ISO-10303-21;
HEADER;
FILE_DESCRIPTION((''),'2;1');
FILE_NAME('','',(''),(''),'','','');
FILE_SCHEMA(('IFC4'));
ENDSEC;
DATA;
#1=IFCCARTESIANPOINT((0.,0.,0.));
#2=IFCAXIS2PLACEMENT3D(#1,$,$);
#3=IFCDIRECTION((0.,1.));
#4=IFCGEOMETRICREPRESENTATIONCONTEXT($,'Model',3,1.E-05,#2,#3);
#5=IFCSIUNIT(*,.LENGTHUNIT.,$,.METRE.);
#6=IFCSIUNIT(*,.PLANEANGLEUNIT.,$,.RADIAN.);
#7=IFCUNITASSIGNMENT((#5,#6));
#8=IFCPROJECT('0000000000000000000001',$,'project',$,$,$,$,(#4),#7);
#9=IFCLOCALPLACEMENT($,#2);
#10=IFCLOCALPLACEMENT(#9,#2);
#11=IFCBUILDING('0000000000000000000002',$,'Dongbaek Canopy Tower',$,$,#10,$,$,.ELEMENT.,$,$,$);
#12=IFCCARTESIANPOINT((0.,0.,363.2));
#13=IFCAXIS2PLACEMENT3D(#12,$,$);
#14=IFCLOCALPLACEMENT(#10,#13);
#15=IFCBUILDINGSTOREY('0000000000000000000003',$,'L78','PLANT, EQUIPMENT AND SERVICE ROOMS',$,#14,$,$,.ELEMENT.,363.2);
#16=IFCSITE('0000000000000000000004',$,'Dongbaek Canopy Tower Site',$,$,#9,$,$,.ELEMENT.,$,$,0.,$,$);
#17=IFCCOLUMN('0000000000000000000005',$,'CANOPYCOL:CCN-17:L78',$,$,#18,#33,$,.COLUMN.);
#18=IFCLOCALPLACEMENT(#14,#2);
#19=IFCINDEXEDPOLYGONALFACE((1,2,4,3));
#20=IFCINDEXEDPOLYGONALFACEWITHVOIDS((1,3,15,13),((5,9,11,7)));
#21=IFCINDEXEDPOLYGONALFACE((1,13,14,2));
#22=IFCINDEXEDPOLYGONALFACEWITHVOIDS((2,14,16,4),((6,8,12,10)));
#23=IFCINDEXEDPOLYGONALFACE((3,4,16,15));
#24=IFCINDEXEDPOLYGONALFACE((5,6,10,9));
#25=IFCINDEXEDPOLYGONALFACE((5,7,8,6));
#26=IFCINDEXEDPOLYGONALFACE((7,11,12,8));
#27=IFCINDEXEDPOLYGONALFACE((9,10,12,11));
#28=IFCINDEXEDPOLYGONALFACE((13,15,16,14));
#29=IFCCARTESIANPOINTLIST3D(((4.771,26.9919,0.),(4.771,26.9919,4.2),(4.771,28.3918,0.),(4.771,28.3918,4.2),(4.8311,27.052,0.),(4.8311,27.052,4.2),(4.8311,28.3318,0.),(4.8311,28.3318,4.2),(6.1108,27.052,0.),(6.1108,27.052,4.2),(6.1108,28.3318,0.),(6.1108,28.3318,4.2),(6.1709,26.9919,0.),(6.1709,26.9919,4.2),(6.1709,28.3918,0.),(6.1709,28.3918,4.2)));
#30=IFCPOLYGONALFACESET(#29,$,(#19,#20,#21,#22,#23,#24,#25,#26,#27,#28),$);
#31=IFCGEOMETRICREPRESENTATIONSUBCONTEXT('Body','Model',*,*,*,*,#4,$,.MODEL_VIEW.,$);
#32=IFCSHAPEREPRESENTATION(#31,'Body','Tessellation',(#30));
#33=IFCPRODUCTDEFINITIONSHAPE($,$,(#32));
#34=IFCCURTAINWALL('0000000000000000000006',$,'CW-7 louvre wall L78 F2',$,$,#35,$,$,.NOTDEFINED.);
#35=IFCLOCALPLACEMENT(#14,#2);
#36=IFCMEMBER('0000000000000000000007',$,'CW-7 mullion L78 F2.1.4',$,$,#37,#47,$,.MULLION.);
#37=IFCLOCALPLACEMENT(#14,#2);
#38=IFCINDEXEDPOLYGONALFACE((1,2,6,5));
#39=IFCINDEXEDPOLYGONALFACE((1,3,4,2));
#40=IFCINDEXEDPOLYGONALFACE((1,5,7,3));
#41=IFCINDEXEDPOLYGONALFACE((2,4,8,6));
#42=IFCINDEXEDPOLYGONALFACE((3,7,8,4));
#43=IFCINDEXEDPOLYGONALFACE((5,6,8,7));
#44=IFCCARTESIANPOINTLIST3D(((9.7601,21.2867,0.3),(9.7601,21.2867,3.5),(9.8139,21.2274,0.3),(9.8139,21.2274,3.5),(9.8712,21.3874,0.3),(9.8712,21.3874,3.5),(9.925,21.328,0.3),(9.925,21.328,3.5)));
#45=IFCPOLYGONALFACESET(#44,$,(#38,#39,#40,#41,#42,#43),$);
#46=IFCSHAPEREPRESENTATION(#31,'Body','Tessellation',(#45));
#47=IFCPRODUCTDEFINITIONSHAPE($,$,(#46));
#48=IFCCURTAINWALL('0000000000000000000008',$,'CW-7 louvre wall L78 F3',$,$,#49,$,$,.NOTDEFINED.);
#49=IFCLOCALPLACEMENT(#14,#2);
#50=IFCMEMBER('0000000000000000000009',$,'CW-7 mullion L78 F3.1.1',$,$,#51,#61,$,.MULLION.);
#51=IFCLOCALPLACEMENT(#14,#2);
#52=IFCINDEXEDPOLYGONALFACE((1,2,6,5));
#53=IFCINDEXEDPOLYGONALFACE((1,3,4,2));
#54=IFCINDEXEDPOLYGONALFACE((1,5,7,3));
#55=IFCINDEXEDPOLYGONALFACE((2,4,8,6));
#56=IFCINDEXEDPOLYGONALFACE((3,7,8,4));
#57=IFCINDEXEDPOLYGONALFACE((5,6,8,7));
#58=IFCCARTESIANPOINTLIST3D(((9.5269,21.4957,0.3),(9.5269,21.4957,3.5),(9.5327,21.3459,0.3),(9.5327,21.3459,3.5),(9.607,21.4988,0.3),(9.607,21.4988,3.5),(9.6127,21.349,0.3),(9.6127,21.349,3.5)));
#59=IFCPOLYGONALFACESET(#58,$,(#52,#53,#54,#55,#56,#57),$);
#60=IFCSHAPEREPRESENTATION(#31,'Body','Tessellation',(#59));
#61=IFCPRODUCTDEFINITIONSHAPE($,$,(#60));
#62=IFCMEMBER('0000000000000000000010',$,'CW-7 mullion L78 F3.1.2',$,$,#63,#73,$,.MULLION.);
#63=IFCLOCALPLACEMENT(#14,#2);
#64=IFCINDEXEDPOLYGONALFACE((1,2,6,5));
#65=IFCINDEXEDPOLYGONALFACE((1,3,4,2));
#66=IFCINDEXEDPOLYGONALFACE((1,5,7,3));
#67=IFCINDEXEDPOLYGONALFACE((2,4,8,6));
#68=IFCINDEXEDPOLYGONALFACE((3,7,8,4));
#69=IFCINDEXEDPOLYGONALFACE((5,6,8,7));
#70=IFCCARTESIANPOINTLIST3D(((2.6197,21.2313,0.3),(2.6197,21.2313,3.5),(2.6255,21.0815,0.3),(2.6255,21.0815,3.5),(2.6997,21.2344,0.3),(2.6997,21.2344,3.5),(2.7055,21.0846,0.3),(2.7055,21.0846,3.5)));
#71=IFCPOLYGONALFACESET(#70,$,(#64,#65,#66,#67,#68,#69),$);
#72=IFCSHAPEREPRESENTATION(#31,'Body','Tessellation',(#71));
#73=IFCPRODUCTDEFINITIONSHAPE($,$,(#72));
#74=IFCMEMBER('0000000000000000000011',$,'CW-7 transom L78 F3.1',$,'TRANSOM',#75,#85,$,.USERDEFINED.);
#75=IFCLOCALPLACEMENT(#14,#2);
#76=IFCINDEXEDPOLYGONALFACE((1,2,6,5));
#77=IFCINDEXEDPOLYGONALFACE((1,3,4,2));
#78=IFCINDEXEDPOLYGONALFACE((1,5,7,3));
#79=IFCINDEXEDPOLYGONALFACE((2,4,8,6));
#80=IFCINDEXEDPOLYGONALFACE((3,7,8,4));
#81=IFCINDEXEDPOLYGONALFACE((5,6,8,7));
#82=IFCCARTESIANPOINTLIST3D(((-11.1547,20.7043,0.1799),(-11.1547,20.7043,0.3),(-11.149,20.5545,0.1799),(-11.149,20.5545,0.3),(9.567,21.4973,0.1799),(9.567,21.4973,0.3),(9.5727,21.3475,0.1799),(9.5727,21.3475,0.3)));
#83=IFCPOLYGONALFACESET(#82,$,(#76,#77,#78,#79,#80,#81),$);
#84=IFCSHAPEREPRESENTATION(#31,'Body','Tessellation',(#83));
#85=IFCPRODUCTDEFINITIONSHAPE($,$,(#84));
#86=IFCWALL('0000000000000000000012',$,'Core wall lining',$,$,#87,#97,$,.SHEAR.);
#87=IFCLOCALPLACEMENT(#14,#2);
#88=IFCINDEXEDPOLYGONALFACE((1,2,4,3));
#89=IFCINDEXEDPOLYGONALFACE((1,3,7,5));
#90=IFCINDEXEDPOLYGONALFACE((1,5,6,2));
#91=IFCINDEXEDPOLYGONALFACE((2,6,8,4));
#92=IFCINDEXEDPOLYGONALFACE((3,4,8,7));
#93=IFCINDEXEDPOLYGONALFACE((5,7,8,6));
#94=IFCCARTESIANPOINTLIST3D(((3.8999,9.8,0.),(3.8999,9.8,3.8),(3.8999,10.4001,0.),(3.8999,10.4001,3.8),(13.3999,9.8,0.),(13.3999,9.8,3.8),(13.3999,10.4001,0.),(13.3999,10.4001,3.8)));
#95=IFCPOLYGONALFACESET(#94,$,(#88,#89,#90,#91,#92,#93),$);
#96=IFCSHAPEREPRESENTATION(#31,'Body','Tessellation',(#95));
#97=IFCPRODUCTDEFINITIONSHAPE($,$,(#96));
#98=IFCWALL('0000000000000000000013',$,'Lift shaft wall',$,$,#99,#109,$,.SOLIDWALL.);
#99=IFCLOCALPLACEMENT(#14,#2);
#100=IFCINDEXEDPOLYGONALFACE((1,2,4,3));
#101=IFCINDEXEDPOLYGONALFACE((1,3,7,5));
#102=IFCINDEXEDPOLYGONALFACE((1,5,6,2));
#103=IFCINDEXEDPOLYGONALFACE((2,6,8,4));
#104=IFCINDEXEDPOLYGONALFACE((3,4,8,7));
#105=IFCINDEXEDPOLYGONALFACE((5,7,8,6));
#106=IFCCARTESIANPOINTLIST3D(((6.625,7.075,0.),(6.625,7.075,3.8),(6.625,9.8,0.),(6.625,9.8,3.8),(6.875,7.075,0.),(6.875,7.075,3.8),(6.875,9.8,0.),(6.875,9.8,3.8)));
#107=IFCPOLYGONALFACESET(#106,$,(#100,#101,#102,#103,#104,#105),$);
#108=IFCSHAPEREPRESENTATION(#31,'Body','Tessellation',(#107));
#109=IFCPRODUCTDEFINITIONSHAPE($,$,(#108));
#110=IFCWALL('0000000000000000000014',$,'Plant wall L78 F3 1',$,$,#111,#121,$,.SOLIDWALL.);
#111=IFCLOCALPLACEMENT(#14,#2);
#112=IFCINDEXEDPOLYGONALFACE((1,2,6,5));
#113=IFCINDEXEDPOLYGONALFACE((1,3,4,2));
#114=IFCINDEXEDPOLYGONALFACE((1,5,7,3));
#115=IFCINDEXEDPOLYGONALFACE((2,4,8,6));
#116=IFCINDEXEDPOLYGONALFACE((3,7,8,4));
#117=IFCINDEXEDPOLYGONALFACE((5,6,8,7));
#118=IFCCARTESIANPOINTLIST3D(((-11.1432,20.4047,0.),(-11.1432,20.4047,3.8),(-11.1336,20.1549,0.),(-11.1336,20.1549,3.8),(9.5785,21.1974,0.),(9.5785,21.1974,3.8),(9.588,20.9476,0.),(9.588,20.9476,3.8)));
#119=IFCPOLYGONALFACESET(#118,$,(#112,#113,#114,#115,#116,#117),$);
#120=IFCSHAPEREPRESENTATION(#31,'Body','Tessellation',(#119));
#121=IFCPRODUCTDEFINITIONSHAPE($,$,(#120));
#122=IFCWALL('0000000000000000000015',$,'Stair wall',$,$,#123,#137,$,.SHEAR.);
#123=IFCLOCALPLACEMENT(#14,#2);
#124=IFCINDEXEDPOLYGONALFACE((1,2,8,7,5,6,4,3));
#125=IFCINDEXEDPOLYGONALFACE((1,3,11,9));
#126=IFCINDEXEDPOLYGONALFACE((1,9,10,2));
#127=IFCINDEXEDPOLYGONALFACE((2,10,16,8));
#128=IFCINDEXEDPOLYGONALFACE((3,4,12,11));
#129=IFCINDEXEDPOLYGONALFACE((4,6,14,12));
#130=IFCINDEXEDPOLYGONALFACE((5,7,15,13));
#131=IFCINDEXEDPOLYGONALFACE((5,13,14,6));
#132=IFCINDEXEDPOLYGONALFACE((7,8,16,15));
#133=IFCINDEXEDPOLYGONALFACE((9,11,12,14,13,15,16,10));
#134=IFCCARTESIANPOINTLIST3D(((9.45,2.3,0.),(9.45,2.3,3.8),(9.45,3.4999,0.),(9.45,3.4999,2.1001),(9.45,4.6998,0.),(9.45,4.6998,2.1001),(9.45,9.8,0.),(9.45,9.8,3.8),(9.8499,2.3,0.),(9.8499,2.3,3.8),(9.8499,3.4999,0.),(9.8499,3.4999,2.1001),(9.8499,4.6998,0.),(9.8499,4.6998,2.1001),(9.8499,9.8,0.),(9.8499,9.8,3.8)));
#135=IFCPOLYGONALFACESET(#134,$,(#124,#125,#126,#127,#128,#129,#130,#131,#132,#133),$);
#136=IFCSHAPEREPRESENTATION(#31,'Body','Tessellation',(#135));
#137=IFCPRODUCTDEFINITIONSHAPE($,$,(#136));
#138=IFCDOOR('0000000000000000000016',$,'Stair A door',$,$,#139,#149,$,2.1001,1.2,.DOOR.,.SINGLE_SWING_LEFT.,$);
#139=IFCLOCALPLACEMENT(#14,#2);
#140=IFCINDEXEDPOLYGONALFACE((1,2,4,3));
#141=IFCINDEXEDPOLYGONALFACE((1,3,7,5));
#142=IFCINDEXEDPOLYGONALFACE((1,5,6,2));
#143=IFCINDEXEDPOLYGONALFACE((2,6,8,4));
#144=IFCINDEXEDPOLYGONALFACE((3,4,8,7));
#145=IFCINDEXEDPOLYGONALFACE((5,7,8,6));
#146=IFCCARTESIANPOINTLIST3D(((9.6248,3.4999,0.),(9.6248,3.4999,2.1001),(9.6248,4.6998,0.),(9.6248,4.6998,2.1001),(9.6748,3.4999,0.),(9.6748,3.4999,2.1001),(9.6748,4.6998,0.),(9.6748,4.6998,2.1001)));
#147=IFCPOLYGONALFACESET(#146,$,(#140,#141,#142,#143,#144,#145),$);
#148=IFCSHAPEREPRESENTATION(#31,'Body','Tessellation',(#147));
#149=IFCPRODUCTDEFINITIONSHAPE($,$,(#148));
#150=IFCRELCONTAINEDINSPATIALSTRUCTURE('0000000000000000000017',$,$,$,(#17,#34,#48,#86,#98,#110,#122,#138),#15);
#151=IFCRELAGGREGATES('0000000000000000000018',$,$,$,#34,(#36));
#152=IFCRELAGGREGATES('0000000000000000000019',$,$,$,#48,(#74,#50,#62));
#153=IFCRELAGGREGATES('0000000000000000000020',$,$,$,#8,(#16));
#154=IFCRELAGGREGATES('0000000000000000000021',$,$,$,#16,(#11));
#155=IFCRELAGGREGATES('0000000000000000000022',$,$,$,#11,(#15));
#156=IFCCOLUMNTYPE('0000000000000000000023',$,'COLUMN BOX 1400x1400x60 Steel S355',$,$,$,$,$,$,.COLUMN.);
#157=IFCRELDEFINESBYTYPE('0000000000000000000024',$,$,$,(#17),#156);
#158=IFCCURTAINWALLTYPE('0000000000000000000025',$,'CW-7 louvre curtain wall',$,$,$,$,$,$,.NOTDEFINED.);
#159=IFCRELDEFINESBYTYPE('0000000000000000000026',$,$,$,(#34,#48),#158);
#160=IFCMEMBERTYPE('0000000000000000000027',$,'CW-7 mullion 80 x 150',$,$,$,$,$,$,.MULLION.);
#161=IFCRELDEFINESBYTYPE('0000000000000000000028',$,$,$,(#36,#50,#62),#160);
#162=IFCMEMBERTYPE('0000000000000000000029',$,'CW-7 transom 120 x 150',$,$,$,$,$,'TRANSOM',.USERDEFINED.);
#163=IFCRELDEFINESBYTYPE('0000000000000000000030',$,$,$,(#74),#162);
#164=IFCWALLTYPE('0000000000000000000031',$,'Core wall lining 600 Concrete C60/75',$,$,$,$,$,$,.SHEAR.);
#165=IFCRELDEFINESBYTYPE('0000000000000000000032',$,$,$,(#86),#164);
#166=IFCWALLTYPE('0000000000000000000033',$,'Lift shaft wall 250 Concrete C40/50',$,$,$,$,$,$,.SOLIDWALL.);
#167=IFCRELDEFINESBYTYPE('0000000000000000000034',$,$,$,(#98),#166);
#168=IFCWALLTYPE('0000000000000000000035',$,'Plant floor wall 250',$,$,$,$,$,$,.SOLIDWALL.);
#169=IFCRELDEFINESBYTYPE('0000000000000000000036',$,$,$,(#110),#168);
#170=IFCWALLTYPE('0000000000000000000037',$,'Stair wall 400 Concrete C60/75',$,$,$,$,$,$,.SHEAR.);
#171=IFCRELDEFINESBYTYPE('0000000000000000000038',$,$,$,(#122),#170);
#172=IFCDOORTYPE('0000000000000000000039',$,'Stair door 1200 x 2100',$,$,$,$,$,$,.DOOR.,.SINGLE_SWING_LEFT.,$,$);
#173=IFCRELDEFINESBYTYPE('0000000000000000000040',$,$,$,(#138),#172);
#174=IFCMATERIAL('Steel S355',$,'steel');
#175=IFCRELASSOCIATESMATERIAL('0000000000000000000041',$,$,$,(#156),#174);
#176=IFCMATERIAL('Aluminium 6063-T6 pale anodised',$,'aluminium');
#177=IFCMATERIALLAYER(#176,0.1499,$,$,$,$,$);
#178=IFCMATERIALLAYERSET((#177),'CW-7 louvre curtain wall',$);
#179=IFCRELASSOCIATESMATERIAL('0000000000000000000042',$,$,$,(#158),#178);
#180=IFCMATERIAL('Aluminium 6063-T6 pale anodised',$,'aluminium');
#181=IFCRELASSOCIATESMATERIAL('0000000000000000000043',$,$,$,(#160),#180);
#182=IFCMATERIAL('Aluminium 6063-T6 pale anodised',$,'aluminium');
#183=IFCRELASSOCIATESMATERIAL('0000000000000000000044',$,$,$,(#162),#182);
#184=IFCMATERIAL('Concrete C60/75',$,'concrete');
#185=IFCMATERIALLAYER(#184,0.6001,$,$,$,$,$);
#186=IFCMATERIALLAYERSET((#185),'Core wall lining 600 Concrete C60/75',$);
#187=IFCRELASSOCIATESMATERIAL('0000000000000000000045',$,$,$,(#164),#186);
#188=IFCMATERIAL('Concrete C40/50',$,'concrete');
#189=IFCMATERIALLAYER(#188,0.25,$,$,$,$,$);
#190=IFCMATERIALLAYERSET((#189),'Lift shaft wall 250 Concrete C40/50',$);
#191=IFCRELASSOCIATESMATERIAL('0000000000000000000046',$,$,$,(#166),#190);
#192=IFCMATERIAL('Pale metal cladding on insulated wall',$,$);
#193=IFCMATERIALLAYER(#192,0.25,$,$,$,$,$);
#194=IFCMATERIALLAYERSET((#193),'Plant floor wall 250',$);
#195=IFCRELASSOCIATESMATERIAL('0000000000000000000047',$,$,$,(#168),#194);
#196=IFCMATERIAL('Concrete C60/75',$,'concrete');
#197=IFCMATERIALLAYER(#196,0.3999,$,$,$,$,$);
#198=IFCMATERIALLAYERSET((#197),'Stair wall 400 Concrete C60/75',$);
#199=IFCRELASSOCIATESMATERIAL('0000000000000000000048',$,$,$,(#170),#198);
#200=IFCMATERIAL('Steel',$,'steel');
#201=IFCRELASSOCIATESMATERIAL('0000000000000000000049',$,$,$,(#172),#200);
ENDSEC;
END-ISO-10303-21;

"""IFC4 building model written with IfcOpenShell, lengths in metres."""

from ifc_helpers import new_model, si_unit, direction, frame, frame_2d, origin, origin_2d, place, context, subcontext, project, spatial, rectangle, hollow_rectangle, extrude, material, layer, layer_set, material_profile, profile_set, type_object, element, fill, aggregate, save


model = new_model("IFC4")

# Units and contexts
model_context = context("Model", 3, precision=1e-05, world=origin(), true_north=direction((0.0, 1.0)))
body_context = subcontext(model_context, "Body", "Model", "MODEL_VIEW")
ifc_project = project(units=[si_unit("LENGTHUNIT", "METRE"), si_unit("PLANEANGLEUNIT", "RADIAN")], contexts=[model_context])

# Site, building, storey
site_placement = place(None, origin())
site = spatial("IfcSite", under=ifc_project, at=site_placement, Name="Dongbaek Canopy Tower Site", CompositionType="ELEMENT", RefElevation=0.0)
building_placement = place(site_placement, origin())
building = spatial("IfcBuilding", under=site, at=building_placement, Name="Dongbaek Canopy Tower", CompositionType="ELEMENT")
storey_placement = place(building_placement, frame((0.0, 0.0, 363.2)))
storey = spatial("IfcBuildingStorey", under=building, at=storey_placement, Name="L78", Description="PLANT, EQUIPMENT AND SERVICE ROOMS", CompositionType="ELEMENT", Elevation=363.2)

# Column
ifc_material_1 = material(Name="Steel S355", Category="steel")
ifc_material_profile_1 = material_profile(ifc_material_1, hollow_rectangle(XDim=1.3999, YDim=1.3999, WallThickness=0.0601, at=origin_2d()), Name="COLUMN BOX 1400x1400x60 Steel S355")
ifc_profile_set_1 = profile_set([ifc_material_profile_1], Name="Steel S355")
column_type = type_object("IfcColumnType", Name="COLUMN BOX 1400x1400x60 Steel S355", PredefinedType="COLUMN", material=ifc_profile_set_1)
column_placement = place(storey_placement, frame((5.4709, 27.6919, 0.0), z_axis=(0.0, 0.0, 1.0), x_axis=(1.0, 0.0, 0.0)))
element("IfcColumn", 1, at=column_placement, inside=storey, type_object=column_type, Name="CANOPYCOL:CCN-17:L78", PredefinedType="COLUMN", context=body_context, shape_type="SweptSolid", body=[
    extrude(hollow_rectangle(XDim=1.3999, YDim=1.3999, WallThickness=0.0601, at=origin_2d()), origin(), (0.0, 0.0, 1.0), 4.2),
])

# Curtain wall, member
ifc_material_2 = material(Name="Aluminium 6063-T6 pale anodised", Category="aluminium")
ifc_layer_1 = layer(ifc_material_2, 0.1499)
ifc_layer_set_1 = layer_set([ifc_layer_1], Name="CW-7 louvre curtain wall")
curtain_wall_type = type_object("IfcCurtainWallType", Name="CW-7 louvre curtain wall", PredefinedType="NOTDEFINED", material=ifc_layer_set_1)
curtain_wall_1_placement = place(storey_placement, origin())
curtain_wall_1 = element("IfcCurtainWall", 2, at=curtain_wall_1_placement, inside=storey, type_object=curtain_wall_type, Name="CW-7 louvre wall L78 F2", PredefinedType="NOTDEFINED")
ifc_material_3 = material(Name="Aluminium 6063-T6 pale anodised", Category="aluminium")
ifc_material_profile_2 = material_profile(ifc_material_3, rectangle(XDim=0.1499, YDim=0.0801, at=origin_2d()), Name="CW-7 mullion 80 x 150")
ifc_profile_set_2 = profile_set([ifc_material_profile_2], Name="Aluminium 6063-T6 pale anodised")
member_type_1 = type_object("IfcMemberType", Name="CW-7 mullion 80 x 150", PredefinedType="MULLION", material=ifc_profile_set_2)
member_1_placement = place(storey_placement, frame((9.8425, 21.3074, 0.3), z_axis=(0.0, 0.0, 1.0), x_axis=(0.741222, 0.67126, 0.0)))
member_1 = element("IfcMember", 3, at=member_1_placement, type_object=member_type_1, Name="CW-7 mullion L78 F2.1.4", PredefinedType="MULLION", context=body_context, shape_type="SweptSolid", body=[
    extrude(rectangle(XDim=0.1499, YDim=0.0801, at=origin_2d()), origin(), (0.0, 0.0, 1.0), 3.2),
])
aggregate(curtain_wall_1, [member_1])

# Curtain wall, members
curtain_wall_2_placement = place(storey_placement, origin())
curtain_wall_2 = element("IfcCurtainWall", 4, at=curtain_wall_2_placement, inside=storey, type_object=curtain_wall_type, Name="CW-7 louvre wall L78 F3", PredefinedType="NOTDEFINED")
member_2_placement = place(storey_placement, frame((9.5698, 21.4224, 0.3), z_axis=(0.0, 0.0, 1.0), x_axis=(-0.038232, 0.999269, 0.0)))
member_2 = element("IfcMember", 5, at=member_2_placement, type_object=member_type_1, Name="CW-7 mullion L78 F3.1.1", PredefinedType="MULLION", context=body_context, shape_type="SweptSolid", body=[
    extrude(rectangle(XDim=0.1499, YDim=0.0801, at=origin_2d()), origin(), (0.0, 0.0, 1.0), 3.2),
])
member_3_placement = place(storey_placement, frame((2.6626, 21.158, 0.3), z_axis=(0.0, 0.0, 1.0), x_axis=(-0.038232, 0.999269, 0.0)))
member_3 = element("IfcMember", 6, at=member_3_placement, type_object=member_type_1, Name="CW-7 mullion L78 F3.1.2", PredefinedType="MULLION", context=body_context, shape_type="SweptSolid", body=[
    extrude(rectangle(XDim=0.1499, YDim=0.0801, at=origin_2d()), origin(), (0.0, 0.0, 1.0), 3.2),
])
ifc_material_4 = material(Name="Aluminium 6063-T6 pale anodised", Category="aluminium")
ifc_material_profile_3 = material_profile(ifc_material_4, rectangle(XDim=0.1499, YDim=0.1201, at=origin_2d()), Name="CW-7 transom 120 x 150")
ifc_profile_set_3 = profile_set([ifc_material_profile_3], Name="Aluminium 6063-T6 pale anodised")
member_type_2 = type_object("IfcMemberType", Name="CW-7 transom 120 x 150", ElementType="TRANSOM", PredefinedType="USERDEFINED", material=ifc_profile_set_3)
member_4_placement = place(storey_placement, frame((9.5698, 21.4224, 0.24), z_axis=(-0.999269, -0.03824, 0.0), x_axis=(0.03824, -0.999269, 0.0)))
member_4 = element("IfcMember", 7, at=member_4_placement, type_object=member_type_2, Name="CW-7 transom L78 F3.1", ObjectType="TRANSOM", PredefinedType="USERDEFINED", context=body_context, shape_type="SweptSolid", body=[
    extrude(rectangle(XDim=0.1499, YDim=0.1201, at=origin_2d()), origin(), (0.0, 0.0, 1.0), 20.7368),
])

# Walls
ifc_material_5 = material(Name="Concrete C60/75", Category="concrete")
ifc_layer_2 = layer(ifc_material_5, 0.6001)
ifc_layer_set_2 = layer_set([ifc_layer_2], Name="Core wall lining 600 Concrete C60/75")
wall_type_1 = type_object("IfcWallType", Name="Core wall lining 600 Concrete C60/75", PredefinedType="SHEAR", material=ifc_layer_set_2)
wall_1_placement = place(storey_placement, frame((3.8999, 10.1001, 0.0), z_axis=(0.0, 0.0, 1.0), x_axis=(1.0, 0.0, 0.0)))
element("IfcWall", 8, at=wall_1_placement, inside=storey, type_object=wall_type_1, Name="Core wall lining", PredefinedType="SHEAR", context=body_context, shape_type="SweptSolid", body=[
    extrude(rectangle(XDim=9.5, YDim=0.6001, at=frame_2d((4.75, 0.0))), origin(), (0.0, 0.0, 1.0), 3.8),
])
ifc_material_6 = material(Name="Concrete C40/50", Category="concrete")
ifc_layer_3 = layer(ifc_material_6, 0.25)
ifc_layer_set_3 = layer_set([ifc_layer_3], Name="Lift shaft wall 250 Concrete C40/50")
wall_type_2 = type_object("IfcWallType", Name="Lift shaft wall 250 Concrete C40/50", PredefinedType="SOLIDWALL", material=ifc_layer_set_3)
wall_2_placement = place(storey_placement, frame((6.75, 7.075, 0.0), z_axis=(0.0, 0.0, 1.0), x_axis=(0.0, 1.0, 0.0)))
element("IfcWall", 9, at=wall_2_placement, inside=storey, type_object=wall_type_2, Name="Lift shaft wall", PredefinedType="SOLIDWALL", context=body_context, shape_type="SweptSolid", body=[
    extrude(rectangle(XDim=2.7251, YDim=0.25, at=frame_2d((1.3625, 0.0))), origin(), (0.0, 0.0, 1.0), 3.8),
])
ifc_material_7 = material(Name="Pale metal cladding on insulated wall")
ifc_layer_4 = layer(ifc_material_7, 0.25)
ifc_layer_set_4 = layer_set([ifc_layer_4], Name="Plant floor wall 250")
wall_type_3 = type_object("IfcWallType", Name="Plant floor wall 250", PredefinedType="SOLIDWALL", material=ifc_layer_set_4)
wall_3_placement = place(storey_placement, frame((9.5833, 21.0725, 0.0), z_axis=(0.0, 0.0, 1.0), x_axis=(-0.999269, -0.038228, 0.0)))
element("IfcWall", 10, at=wall_3_placement, inside=storey, type_object=wall_type_3, Name="Plant wall L78 F3 1", PredefinedType="SOLIDWALL", context=body_context, shape_type="SweptSolid", body=[
    extrude(rectangle(XDim=20.7368, YDim=0.25, at=frame_2d((10.3684, 0.0))), origin(), (0.0, 0.0, 1.0), 3.8),
])

# Wall, opening, door
ifc_material_8 = material(Name="Concrete C60/75", Category="concrete")
ifc_layer_5 = layer(ifc_material_8, 0.3999)
ifc_layer_set_5 = layer_set([ifc_layer_5], Name="Stair wall 400 Concrete C60/75")
wall_type_4 = type_object("IfcWallType", Name="Stair wall 400 Concrete C60/75", PredefinedType="SHEAR", material=ifc_layer_set_5)
wall_4_placement = place(storey_placement, frame((9.6499, 9.8, 0.0), z_axis=(0.0, 0.0, 1.0), x_axis=(0.0, -1.0, 0.0)))
wall_4 = element("IfcWall", 11, at=wall_4_placement, inside=storey, type_object=wall_type_4, Name="Stair wall", PredefinedType="SHEAR", context=body_context, shape_type="SweptSolid", body=[
    extrude(rectangle(XDim=7.5, YDim=0.3999, at=frame_2d((3.75, 0.0))), origin(), (0.0, 0.0, 1.0), 3.8),
])
opening_placement = place(wall_4_placement, frame((5.1001, 0.0, 0.0)))
opening = element("IfcOpeningElement", 12, at=opening_placement, cuts=wall_4, PredefinedType="OPENING", context=body_context, shape_type="SweptSolid", body=[
    extrude(rectangle(XDim=1.2, YDim=2.1001, at=frame_2d((0.6001, 1.05))), frame((0.0, 0.21, 0.0), z_axis=(0.0, -1.0, 0.0), x_axis=(1.0, 0.0, 0.0)), (0.0, 0.0, 1.0), 0.4199),
])
ifc_material_9 = material(Name="Steel", Category="steel")
door_type = type_object("IfcDoorType", Name="Stair door 1200 x 2100", OperationType="SINGLE_SWING_LEFT", PredefinedType="DOOR", material=ifc_material_9)
door_placement = place(opening_placement, origin())
door = element("IfcDoor", 13, at=door_placement, inside=storey, type_object=door_type, Name="Stair A door", OperationType="SINGLE_SWING_LEFT", OverallHeight=2.1001, OverallWidth=1.2, PredefinedType="DOOR", context=body_context, shape_type="SweptSolid", body=[
    extrude(rectangle(XDim=1.2, YDim=2.1001, at=frame_2d((0.6001, 1.05))), frame((0.0, 0.0249, 0.0), z_axis=(0.0, -1.0, 0.0), x_axis=(1.0, 0.0, 0.0)), (0.0, 0.0, 1.0), 0.05),
])
fill(opening, door)

aggregate(curtain_wall_2, [member_4, member_2, member_3])

save(model, "model.ifc")
